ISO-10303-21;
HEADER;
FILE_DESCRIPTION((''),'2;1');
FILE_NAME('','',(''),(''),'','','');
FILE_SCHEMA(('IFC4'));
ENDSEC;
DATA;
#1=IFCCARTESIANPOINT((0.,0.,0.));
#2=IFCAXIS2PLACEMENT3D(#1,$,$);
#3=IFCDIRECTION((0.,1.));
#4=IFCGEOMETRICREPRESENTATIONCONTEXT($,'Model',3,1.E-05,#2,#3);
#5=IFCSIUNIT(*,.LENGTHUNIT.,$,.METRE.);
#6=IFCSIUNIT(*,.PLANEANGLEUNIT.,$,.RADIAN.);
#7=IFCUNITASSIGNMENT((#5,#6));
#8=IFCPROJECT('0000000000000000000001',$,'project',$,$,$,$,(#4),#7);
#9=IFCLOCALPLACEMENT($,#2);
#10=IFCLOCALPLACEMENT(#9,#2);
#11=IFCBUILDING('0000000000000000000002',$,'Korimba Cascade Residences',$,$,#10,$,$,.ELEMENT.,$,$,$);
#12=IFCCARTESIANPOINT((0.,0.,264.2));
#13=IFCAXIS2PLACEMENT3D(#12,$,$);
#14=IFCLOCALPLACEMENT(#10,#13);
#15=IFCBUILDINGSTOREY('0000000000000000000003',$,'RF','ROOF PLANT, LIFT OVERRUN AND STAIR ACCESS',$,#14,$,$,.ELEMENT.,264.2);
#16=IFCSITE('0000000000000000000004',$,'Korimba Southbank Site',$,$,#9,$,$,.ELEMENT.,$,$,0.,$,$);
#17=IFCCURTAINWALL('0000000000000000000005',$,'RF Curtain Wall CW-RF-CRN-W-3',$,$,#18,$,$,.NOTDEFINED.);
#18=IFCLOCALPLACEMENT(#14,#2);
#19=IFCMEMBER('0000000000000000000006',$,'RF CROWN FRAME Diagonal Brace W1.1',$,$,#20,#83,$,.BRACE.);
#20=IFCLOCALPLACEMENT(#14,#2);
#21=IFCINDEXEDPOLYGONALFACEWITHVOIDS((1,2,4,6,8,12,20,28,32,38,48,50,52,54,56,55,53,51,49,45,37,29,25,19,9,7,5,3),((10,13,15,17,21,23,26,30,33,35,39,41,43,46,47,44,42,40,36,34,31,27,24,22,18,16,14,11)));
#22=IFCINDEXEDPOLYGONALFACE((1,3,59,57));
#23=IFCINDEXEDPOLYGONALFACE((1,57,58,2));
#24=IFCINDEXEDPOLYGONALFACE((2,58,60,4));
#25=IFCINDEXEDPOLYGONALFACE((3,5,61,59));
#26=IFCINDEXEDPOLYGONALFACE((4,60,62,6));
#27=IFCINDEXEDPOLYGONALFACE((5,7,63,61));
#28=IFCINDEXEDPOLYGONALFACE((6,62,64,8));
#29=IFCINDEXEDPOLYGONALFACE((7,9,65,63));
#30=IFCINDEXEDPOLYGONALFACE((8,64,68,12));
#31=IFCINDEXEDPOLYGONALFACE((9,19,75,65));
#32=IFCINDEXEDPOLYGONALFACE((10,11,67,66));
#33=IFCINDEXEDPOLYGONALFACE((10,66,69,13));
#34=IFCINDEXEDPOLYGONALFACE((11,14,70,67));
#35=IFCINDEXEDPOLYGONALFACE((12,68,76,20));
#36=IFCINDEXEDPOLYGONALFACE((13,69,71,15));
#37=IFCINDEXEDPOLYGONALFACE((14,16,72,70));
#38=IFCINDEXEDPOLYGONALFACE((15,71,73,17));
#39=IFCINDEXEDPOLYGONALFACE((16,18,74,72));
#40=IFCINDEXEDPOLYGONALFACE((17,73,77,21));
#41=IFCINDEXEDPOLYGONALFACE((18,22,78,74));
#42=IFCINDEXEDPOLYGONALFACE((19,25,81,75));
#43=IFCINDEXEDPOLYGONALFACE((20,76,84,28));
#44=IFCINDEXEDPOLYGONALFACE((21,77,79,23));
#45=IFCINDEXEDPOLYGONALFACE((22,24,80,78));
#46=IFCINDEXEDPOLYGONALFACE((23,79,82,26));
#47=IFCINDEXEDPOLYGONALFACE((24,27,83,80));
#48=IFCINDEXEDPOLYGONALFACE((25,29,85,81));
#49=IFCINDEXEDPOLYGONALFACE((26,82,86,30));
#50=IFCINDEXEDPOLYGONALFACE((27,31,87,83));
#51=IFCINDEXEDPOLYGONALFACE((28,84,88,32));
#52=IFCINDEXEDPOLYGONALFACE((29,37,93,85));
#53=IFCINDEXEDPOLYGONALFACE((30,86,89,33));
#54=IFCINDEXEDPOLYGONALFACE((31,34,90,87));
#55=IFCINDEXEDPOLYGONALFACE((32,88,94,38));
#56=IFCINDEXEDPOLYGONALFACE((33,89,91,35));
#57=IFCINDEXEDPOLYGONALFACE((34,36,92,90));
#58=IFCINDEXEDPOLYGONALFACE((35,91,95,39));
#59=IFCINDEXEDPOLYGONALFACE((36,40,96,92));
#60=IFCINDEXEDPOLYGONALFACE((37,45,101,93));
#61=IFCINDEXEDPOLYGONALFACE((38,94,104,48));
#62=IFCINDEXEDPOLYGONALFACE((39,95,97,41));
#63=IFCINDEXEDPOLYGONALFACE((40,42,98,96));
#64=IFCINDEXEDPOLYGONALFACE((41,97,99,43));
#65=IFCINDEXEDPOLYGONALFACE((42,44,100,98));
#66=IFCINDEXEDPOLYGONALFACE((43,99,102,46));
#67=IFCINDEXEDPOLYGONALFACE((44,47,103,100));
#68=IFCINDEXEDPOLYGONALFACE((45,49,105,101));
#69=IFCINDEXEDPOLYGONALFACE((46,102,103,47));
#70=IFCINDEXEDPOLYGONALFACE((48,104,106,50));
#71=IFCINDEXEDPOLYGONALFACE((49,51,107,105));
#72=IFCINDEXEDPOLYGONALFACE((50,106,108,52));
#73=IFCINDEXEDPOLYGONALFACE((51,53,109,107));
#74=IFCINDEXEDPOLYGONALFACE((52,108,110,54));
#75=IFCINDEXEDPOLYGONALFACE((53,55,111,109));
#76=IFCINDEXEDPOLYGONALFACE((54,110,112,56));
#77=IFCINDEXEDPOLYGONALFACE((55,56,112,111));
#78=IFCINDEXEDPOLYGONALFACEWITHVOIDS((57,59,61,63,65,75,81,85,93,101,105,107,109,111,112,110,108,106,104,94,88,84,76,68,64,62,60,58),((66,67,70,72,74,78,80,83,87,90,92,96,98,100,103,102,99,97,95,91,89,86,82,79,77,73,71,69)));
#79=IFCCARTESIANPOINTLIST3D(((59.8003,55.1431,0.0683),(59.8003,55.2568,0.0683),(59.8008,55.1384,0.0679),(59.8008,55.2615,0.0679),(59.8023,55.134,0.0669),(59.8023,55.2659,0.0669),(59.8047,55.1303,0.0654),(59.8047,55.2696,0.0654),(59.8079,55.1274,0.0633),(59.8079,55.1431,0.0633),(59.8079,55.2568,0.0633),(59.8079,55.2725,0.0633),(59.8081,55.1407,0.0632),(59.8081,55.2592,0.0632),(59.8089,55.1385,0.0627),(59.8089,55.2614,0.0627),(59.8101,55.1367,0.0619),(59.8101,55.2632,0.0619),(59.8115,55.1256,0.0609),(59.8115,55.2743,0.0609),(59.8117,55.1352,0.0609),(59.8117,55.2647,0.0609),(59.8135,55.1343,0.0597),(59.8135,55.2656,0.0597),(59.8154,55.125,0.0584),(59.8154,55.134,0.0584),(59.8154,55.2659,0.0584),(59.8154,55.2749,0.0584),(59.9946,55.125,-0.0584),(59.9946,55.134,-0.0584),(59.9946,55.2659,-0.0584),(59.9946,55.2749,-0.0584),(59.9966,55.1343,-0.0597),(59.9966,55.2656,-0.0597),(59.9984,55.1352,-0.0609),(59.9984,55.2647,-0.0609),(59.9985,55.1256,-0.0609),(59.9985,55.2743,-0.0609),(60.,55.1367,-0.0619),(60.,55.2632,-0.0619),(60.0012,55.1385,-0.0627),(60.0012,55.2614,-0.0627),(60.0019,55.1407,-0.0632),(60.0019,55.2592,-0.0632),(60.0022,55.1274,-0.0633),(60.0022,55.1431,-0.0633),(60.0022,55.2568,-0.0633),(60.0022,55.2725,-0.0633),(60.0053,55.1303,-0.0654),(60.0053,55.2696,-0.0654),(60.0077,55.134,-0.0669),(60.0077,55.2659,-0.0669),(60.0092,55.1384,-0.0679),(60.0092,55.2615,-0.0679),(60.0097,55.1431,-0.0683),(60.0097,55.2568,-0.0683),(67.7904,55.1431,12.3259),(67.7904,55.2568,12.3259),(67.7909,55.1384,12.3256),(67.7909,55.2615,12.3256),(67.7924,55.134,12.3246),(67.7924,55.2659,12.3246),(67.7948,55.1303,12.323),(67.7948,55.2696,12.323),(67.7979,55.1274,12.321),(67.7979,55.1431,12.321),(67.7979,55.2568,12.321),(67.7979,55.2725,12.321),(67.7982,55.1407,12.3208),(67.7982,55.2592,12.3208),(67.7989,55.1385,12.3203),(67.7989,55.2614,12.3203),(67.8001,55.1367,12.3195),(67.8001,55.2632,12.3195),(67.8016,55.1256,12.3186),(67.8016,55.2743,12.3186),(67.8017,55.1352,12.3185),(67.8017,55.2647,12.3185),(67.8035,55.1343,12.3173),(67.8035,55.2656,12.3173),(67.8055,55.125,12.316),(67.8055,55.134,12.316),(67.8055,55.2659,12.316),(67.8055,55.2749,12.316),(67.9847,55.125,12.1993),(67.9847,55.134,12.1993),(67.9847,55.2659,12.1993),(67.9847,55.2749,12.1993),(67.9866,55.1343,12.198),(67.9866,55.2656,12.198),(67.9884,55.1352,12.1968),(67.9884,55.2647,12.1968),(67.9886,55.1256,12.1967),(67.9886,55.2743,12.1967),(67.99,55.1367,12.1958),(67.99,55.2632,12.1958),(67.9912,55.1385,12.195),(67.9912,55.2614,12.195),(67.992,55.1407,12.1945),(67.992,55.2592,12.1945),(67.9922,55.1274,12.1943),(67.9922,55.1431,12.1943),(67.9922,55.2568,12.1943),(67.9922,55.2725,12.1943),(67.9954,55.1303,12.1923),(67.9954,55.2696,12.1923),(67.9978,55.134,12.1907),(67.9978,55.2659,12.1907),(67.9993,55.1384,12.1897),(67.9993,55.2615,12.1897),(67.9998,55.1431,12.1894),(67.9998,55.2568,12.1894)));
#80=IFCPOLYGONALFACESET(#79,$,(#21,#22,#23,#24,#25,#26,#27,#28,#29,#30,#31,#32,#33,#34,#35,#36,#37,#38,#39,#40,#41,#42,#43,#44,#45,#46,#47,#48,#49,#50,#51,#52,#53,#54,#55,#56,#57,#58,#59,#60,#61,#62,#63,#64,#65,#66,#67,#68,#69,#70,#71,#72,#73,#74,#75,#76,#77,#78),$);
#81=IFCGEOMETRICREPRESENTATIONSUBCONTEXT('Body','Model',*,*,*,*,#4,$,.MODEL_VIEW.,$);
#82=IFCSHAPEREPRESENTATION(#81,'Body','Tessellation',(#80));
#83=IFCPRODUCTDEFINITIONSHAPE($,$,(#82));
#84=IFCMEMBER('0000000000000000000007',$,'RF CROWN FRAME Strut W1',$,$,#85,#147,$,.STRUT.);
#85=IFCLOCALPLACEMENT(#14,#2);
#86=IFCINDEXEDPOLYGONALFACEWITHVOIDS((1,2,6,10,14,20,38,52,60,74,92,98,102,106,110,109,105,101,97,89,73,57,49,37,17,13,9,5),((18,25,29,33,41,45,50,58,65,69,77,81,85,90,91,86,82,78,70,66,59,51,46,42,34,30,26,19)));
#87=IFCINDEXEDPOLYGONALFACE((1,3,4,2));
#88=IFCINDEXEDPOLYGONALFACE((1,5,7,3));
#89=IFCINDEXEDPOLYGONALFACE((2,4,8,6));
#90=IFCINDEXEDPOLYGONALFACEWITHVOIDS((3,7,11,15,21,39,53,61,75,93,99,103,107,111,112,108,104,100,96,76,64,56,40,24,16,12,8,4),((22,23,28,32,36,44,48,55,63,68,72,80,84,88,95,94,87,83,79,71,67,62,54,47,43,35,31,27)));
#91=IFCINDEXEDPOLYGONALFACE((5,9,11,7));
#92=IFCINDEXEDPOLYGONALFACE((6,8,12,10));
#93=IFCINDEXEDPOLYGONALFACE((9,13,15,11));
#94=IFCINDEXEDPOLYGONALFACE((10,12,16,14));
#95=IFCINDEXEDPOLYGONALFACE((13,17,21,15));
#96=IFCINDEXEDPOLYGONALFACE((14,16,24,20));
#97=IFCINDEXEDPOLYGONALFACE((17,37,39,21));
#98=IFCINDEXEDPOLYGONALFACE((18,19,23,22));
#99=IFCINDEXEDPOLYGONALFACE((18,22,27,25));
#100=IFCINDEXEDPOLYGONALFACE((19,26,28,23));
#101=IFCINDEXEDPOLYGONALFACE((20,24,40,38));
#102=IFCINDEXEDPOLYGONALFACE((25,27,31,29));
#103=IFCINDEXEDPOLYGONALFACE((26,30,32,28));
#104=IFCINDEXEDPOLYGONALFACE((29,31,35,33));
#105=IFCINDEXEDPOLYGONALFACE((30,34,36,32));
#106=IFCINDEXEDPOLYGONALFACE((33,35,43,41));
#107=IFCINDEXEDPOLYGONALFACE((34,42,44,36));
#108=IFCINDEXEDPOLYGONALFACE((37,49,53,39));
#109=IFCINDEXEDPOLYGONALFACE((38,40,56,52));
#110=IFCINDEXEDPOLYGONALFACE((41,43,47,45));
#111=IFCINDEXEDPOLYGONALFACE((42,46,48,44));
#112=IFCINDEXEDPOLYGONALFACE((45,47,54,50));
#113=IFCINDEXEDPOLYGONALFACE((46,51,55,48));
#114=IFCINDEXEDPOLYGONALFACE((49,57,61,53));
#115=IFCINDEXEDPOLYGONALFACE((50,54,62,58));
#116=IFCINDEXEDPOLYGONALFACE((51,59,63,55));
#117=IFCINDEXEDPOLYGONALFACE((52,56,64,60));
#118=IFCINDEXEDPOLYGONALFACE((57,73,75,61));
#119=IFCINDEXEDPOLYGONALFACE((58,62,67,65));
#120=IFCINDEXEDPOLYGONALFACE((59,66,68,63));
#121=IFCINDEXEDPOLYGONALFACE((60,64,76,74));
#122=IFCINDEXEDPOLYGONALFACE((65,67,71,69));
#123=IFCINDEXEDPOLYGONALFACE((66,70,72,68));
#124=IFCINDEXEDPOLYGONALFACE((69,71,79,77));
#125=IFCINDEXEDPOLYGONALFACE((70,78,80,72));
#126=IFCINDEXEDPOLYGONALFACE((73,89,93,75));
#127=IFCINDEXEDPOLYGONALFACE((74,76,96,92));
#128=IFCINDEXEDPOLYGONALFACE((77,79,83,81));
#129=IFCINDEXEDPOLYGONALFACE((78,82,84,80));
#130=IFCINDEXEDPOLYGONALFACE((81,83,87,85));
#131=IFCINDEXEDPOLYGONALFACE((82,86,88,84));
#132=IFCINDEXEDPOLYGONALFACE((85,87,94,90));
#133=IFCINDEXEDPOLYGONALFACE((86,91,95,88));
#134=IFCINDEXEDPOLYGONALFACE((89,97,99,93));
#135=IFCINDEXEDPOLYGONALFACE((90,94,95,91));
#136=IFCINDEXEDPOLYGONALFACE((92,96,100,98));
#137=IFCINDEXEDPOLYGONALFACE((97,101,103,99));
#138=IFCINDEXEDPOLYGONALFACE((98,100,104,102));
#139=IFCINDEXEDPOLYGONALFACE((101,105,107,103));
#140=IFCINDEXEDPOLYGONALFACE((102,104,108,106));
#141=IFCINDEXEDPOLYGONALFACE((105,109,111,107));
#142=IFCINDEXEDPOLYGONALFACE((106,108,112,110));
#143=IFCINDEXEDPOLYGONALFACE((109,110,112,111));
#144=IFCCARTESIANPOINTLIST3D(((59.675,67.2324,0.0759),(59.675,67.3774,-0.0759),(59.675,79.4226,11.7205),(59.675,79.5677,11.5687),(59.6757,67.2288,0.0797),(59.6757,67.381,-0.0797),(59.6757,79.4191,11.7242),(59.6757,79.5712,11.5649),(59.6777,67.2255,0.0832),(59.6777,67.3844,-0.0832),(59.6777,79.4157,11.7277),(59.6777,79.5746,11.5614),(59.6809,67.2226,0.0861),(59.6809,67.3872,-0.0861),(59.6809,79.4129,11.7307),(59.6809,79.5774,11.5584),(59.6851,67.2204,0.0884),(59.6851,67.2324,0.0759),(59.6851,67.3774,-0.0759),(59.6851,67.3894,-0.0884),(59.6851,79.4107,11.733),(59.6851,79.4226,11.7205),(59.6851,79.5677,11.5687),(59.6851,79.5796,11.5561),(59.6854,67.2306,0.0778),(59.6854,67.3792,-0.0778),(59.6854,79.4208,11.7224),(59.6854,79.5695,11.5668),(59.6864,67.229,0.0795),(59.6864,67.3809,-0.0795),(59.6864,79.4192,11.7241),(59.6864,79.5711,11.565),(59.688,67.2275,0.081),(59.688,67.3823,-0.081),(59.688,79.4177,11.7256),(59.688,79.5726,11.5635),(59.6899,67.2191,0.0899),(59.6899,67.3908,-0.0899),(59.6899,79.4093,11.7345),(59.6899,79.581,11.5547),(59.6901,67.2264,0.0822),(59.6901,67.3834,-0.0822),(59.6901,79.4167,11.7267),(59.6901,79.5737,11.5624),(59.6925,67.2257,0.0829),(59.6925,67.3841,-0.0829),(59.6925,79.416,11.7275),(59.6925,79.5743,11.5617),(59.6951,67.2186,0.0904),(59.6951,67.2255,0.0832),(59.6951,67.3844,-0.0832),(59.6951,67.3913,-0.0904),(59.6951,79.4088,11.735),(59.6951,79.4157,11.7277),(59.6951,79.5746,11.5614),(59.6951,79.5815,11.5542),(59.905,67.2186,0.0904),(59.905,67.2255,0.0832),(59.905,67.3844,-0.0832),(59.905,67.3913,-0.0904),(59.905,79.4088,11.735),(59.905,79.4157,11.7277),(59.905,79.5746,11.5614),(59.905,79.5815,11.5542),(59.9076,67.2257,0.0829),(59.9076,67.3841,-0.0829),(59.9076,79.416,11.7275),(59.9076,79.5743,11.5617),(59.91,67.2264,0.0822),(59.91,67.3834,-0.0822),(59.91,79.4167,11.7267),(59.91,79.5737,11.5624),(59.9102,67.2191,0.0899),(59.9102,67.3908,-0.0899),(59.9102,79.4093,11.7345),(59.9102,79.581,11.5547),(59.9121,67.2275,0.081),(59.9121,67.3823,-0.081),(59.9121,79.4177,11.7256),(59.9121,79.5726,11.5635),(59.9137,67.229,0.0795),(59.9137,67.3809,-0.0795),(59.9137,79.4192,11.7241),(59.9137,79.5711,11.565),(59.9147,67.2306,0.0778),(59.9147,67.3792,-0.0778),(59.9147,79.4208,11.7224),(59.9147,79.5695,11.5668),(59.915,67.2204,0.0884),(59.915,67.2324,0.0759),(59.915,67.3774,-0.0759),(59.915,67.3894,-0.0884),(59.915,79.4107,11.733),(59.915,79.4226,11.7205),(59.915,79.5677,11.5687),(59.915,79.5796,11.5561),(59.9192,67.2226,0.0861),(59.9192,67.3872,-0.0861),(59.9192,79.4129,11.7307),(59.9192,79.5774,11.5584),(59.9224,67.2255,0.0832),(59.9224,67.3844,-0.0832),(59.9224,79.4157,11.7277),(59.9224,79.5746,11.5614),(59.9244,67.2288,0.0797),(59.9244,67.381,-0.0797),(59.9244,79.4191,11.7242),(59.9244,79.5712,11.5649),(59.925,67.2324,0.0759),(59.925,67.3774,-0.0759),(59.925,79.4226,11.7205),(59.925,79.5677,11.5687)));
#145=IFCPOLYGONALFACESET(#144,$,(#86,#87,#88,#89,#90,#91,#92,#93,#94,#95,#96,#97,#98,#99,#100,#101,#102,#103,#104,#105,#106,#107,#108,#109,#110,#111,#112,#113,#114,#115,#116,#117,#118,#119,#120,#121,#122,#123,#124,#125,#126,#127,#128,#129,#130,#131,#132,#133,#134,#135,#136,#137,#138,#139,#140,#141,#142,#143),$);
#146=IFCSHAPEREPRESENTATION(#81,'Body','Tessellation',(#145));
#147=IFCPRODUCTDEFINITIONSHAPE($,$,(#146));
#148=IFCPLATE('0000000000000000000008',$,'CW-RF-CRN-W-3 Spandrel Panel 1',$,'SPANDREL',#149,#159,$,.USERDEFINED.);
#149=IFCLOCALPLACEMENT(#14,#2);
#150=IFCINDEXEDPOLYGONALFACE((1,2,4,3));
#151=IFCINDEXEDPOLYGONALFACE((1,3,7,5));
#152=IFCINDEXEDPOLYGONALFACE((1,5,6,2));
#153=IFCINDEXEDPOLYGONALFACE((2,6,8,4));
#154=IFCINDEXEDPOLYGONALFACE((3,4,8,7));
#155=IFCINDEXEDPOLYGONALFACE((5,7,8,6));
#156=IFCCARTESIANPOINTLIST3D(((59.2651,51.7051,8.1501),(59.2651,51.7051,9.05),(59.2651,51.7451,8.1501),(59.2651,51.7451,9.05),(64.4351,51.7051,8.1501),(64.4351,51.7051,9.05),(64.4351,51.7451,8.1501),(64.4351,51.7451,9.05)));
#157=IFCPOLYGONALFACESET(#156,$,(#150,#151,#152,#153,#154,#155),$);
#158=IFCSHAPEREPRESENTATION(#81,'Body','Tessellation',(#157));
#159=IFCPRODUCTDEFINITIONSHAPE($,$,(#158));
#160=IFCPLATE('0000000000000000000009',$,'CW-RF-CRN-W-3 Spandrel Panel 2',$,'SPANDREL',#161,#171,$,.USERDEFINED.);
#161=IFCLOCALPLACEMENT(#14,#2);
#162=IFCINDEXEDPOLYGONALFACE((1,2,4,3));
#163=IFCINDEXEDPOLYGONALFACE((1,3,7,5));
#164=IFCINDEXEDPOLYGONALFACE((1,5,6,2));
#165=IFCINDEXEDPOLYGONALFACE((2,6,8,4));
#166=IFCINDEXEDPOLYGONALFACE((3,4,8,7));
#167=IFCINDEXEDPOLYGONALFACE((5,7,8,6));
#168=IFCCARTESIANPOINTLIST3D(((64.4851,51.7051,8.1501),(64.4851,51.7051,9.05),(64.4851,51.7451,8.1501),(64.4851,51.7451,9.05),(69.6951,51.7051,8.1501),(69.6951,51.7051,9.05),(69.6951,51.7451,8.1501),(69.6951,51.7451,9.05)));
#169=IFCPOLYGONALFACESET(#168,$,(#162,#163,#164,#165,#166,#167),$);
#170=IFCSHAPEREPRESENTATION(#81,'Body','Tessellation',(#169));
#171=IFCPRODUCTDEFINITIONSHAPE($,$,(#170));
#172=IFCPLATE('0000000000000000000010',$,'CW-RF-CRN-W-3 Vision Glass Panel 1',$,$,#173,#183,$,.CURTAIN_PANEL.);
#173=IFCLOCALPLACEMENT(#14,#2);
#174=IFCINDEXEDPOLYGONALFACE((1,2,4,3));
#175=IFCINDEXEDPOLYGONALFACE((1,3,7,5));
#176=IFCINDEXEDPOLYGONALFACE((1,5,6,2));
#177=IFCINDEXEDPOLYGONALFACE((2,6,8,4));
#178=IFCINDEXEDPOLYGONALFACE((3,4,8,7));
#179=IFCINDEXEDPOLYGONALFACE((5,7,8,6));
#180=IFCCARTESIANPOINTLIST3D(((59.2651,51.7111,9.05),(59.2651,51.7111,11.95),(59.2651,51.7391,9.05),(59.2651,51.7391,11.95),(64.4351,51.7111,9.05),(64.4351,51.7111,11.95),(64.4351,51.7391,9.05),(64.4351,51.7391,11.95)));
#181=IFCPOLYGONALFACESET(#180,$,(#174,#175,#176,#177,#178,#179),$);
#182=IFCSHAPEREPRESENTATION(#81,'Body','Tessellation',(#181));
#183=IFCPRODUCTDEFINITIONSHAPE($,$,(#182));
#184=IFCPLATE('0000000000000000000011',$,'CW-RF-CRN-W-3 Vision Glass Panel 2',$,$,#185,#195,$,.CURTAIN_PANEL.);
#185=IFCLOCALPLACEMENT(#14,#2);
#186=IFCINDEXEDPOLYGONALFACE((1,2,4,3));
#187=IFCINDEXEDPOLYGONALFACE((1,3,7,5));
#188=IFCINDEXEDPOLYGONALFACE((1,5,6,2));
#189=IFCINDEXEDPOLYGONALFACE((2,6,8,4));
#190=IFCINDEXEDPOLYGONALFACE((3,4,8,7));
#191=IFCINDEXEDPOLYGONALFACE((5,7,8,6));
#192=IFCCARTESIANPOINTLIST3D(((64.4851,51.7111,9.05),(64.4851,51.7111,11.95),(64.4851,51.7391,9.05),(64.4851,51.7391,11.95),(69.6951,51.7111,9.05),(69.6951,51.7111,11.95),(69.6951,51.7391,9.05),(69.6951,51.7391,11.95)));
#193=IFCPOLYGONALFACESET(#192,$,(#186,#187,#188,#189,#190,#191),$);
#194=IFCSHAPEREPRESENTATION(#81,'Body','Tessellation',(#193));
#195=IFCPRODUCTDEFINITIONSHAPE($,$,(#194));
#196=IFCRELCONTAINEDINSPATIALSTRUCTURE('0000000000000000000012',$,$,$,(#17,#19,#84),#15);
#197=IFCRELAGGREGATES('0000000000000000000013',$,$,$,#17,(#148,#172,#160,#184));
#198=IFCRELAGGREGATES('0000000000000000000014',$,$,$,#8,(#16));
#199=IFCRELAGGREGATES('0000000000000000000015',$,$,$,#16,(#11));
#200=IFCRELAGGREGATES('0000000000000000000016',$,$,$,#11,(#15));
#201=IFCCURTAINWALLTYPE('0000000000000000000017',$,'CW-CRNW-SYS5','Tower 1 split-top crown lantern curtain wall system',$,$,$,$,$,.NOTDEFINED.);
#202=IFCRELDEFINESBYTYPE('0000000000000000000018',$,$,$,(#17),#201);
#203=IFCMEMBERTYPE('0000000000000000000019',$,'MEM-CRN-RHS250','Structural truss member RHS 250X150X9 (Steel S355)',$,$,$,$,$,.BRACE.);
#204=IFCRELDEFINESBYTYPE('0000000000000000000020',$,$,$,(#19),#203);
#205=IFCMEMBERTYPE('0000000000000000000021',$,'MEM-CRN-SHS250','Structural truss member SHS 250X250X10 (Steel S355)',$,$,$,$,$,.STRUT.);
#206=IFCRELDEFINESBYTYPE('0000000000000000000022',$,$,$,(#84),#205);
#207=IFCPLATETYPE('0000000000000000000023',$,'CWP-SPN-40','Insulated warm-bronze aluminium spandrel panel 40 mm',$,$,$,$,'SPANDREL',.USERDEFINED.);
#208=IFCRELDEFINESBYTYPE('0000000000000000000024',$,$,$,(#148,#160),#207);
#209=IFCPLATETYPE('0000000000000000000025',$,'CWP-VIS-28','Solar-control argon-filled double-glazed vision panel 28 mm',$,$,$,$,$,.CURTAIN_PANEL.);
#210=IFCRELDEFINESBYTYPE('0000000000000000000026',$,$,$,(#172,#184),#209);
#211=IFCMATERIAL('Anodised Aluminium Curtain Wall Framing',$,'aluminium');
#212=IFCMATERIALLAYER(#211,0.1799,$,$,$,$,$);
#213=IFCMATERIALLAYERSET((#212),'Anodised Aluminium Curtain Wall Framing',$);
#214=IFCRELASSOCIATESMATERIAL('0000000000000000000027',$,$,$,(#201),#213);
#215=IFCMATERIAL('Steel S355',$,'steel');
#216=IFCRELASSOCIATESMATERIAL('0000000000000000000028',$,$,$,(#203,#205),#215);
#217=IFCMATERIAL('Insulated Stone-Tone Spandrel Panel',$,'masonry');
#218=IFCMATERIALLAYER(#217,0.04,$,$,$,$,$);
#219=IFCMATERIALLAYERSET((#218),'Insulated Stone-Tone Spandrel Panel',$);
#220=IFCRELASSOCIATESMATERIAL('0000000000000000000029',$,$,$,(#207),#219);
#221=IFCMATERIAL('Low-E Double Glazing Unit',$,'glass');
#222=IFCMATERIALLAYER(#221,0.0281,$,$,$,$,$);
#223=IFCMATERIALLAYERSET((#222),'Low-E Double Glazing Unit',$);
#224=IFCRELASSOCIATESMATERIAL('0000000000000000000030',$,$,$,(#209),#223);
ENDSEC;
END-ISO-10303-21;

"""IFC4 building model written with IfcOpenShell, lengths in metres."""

from ifc_helpers import new_model, si_unit, direction, frame, origin, origin_2d, place, context, subcontext, project, spatial, rectangle, hollow_rectangle, extrude, material, layer, layer_set, material_profile, profile_set, type_object, element, aggregate, save


model = new_model("IFC4")

# Units and contexts
model_context = context("Model", 3, precision=1e-05, world=origin(), true_north=direction((0.0, 1.0)))
body_context = subcontext(model_context, "Body", "Model", "MODEL_VIEW")
ifc_project = project(units=[si_unit("LENGTHUNIT", "METRE"), si_unit("PLANEANGLEUNIT", "RADIAN")], contexts=[model_context])

# Site, building, storey
site_placement = place(None, origin())
site = spatial("IfcSite", under=ifc_project, at=site_placement, Name="Korimba Southbank Site", CompositionType="ELEMENT", RefElevation=0.0)
building_placement = place(site_placement, origin())
building = spatial("IfcBuilding", under=site, at=building_placement, Name="Korimba Cascade Residences", CompositionType="ELEMENT")
storey_placement = place(building_placement, frame((0.0, 0.0, 264.2)))
storey = spatial("IfcBuildingStorey", under=building, at=storey_placement, Name="RF", Description="ROOF PLANT, LIFT OVERRUN AND STAIR ACCESS", CompositionType="ELEMENT", Elevation=264.2)

# Shared definitions
ifc_material_1 = material(Name="Steel S355", Category="steel")

# Curtain wall
ifc_material_2 = material(Name="Anodised Aluminium Curtain Wall Framing", Category="aluminium")
ifc_layer_1 = layer(ifc_material_2, 0.1799)
ifc_layer_set_1 = layer_set([ifc_layer_1], Name="Anodised Aluminium Curtain Wall Framing")
curtain_wall_type = type_object("IfcCurtainWallType", Name="CW-CRNW-SYS5", Description="Tower 1 split-top crown lantern curtain wall system", PredefinedType="NOTDEFINED", material=ifc_layer_set_1)
curtain_wall_placement = place(storey_placement, origin())
curtain_wall = element("IfcCurtainWall", 1, at=curtain_wall_placement, inside=storey, type_object=curtain_wall_type, Name="RF Curtain Wall CW-RF-CRN-W-3", PredefinedType="NOTDEFINED")

# Members
ifc_material_profile_1 = material_profile(ifc_material_1, hollow_rectangle(XDim=0.1499, YDim=0.25, WallThickness=0.009, InnerFilletRadius=0.009, OuterFilletRadius=0.0181, at=origin_2d()), Name="Steel S355")
ifc_profile_set_1 = profile_set([ifc_material_profile_1], Name="Steel S355")
member_type_1 = type_object("IfcMemberType", Name="MEM-CRN-RHS250", Description="Structural truss member RHS 250X150X9 (Steel S355)", PredefinedType="BRACE", material=ifc_profile_set_1)
member_1_placement = place(storey_placement, frame((59.905, 55.2, 0.0), z_axis=(0.546072, 0.0, 0.837738), x_axis=(0.0, 1.0, 0.0)))
element("IfcMember", 2, at=member_1_placement, inside=storey, type_object=member_type_1, Name="RF CROWN FRAME Diagonal Brace W1.1", PredefinedType="BRACE", context=body_context, shape_type="SweptSolid", body=[
    extrude(hollow_rectangle(XDim=0.1499, YDim=0.25, WallThickness=0.009, InnerFilletRadius=0.009, OuterFilletRadius=0.0181, at=origin_2d()), origin(), (0.0, 0.0, 1.0), 14.6318),
])
ifc_material_profile_2 = material_profile(ifc_material_1, hollow_rectangle(XDim=0.25, YDim=0.25, WallThickness=0.01, InnerFilletRadius=0.01, OuterFilletRadius=0.02, at=origin_2d()), Name="Steel S355")
ifc_profile_set_2 = profile_set([ifc_material_profile_2], Name="Steel S355")
member_type_2 = type_object("IfcMemberType", Name="MEM-CRN-SHS250", Description="Structural truss member SHS 250X250X10 (Steel S355)", PredefinedType="STRUT", material=ifc_profile_set_2)
member_2_placement = place(storey_placement, frame((59.8, 67.3049, 0.0), z_axis=(0.0, 0.723105, 0.690738), x_axis=(-1.0, 0.0, 0.0)))
element("IfcMember", 3, at=member_2_placement, inside=storey, type_object=member_type_2, Name="RF CROWN FRAME Strut W1", PredefinedType="STRUT", context=body_context, shape_type="SweptSolid", body=[
    extrude(hollow_rectangle(XDim=0.25, YDim=0.25, WallThickness=0.01, InnerFilletRadius=0.01, OuterFilletRadius=0.02, at=origin_2d()), origin(), (0.0, 0.0, 1.0), 16.8582),
])

# Plates
ifc_material_3 = material(Name="Insulated Stone-Tone Spandrel Panel", Category="masonry")
ifc_layer_2 = layer(ifc_material_3, 0.04)
ifc_layer_set_2 = layer_set([ifc_layer_2], Name="Insulated Stone-Tone Spandrel Panel")
plate_type_1 = type_object("IfcPlateType", Name="CWP-SPN-40", Description="Insulated warm-bronze aluminium spandrel panel 40 mm", ElementType="SPANDREL", PredefinedType="USERDEFINED", material=ifc_layer_set_2)
plate_1_placement = place(storey_placement, frame((61.8501, 51.7251, 8.1501), z_axis=(0.0, 0.0, 1.0), x_axis=(1.0, 0.0, 0.0)))
plate_1 = element("IfcPlate", 4, at=plate_1_placement, type_object=plate_type_1, Name="CW-RF-CRN-W-3 Spandrel Panel 1", ObjectType="SPANDREL", PredefinedType="USERDEFINED", context=body_context, shape_type="SweptSolid", body=[
    extrude(rectangle(XDim=5.1699, YDim=0.04, at=origin_2d()), origin(), (0.0, 0.0, 1.0), 0.8999),
])
plate_2_placement = place(storey_placement, frame((67.0901, 51.7251, 8.1501), z_axis=(0.0, 0.0, 1.0), x_axis=(1.0, 0.0, 0.0)))
plate_2 = element("IfcPlate", 5, at=plate_2_placement, type_object=plate_type_1, Name="CW-RF-CRN-W-3 Spandrel Panel 2", ObjectType="SPANDREL", PredefinedType="USERDEFINED", context=body_context, shape_type="SweptSolid", body=[
    extrude(rectangle(XDim=5.21, YDim=0.04, at=origin_2d()), origin(), (0.0, 0.0, 1.0), 0.8999),
])
ifc_material_4 = material(Name="Low-E Double Glazing Unit", Category="glass")
ifc_layer_3 = layer(ifc_material_4, 0.0281)
ifc_layer_set_3 = layer_set([ifc_layer_3], Name="Low-E Double Glazing Unit")
plate_type_2 = type_object("IfcPlateType", Name="CWP-VIS-28", Description="Solar-control argon-filled double-glazed vision panel 28 mm", PredefinedType="CURTAIN_PANEL", material=ifc_layer_set_3)
plate_3_placement = place(storey_placement, frame((61.8501, 51.7251, 9.05), z_axis=(0.0, 0.0, 1.0), x_axis=(1.0, 0.0, 0.0)))
plate_3 = element("IfcPlate", 6, at=plate_3_placement, type_object=plate_type_2, Name="CW-RF-CRN-W-3 Vision Glass Panel 1", PredefinedType="CURTAIN_PANEL", context=body_context, shape_type="SweptSolid", body=[
    extrude(rectangle(XDim=5.1699, YDim=0.0281, at=origin_2d()), origin(), (0.0, 0.0, 1.0), 2.8999),
])
plate_4_placement = place(storey_placement, frame((67.0901, 51.7251, 9.05), z_axis=(0.0, 0.0, 1.0), x_axis=(1.0, 0.0, 0.0)))
plate_4 = element("IfcPlate", 7, at=plate_4_placement, type_object=plate_type_2, Name="CW-RF-CRN-W-3 Vision Glass Panel 2", PredefinedType="CURTAIN_PANEL", context=body_context, shape_type="SweptSolid", body=[
    extrude(rectangle(XDim=5.21, YDim=0.0281, at=origin_2d()), origin(), (0.0, 0.0, 1.0), 2.8999),
])
aggregate(curtain_wall, [plate_1, plate_3, plate_2, plate_4])

save(model, "model.ifc")
